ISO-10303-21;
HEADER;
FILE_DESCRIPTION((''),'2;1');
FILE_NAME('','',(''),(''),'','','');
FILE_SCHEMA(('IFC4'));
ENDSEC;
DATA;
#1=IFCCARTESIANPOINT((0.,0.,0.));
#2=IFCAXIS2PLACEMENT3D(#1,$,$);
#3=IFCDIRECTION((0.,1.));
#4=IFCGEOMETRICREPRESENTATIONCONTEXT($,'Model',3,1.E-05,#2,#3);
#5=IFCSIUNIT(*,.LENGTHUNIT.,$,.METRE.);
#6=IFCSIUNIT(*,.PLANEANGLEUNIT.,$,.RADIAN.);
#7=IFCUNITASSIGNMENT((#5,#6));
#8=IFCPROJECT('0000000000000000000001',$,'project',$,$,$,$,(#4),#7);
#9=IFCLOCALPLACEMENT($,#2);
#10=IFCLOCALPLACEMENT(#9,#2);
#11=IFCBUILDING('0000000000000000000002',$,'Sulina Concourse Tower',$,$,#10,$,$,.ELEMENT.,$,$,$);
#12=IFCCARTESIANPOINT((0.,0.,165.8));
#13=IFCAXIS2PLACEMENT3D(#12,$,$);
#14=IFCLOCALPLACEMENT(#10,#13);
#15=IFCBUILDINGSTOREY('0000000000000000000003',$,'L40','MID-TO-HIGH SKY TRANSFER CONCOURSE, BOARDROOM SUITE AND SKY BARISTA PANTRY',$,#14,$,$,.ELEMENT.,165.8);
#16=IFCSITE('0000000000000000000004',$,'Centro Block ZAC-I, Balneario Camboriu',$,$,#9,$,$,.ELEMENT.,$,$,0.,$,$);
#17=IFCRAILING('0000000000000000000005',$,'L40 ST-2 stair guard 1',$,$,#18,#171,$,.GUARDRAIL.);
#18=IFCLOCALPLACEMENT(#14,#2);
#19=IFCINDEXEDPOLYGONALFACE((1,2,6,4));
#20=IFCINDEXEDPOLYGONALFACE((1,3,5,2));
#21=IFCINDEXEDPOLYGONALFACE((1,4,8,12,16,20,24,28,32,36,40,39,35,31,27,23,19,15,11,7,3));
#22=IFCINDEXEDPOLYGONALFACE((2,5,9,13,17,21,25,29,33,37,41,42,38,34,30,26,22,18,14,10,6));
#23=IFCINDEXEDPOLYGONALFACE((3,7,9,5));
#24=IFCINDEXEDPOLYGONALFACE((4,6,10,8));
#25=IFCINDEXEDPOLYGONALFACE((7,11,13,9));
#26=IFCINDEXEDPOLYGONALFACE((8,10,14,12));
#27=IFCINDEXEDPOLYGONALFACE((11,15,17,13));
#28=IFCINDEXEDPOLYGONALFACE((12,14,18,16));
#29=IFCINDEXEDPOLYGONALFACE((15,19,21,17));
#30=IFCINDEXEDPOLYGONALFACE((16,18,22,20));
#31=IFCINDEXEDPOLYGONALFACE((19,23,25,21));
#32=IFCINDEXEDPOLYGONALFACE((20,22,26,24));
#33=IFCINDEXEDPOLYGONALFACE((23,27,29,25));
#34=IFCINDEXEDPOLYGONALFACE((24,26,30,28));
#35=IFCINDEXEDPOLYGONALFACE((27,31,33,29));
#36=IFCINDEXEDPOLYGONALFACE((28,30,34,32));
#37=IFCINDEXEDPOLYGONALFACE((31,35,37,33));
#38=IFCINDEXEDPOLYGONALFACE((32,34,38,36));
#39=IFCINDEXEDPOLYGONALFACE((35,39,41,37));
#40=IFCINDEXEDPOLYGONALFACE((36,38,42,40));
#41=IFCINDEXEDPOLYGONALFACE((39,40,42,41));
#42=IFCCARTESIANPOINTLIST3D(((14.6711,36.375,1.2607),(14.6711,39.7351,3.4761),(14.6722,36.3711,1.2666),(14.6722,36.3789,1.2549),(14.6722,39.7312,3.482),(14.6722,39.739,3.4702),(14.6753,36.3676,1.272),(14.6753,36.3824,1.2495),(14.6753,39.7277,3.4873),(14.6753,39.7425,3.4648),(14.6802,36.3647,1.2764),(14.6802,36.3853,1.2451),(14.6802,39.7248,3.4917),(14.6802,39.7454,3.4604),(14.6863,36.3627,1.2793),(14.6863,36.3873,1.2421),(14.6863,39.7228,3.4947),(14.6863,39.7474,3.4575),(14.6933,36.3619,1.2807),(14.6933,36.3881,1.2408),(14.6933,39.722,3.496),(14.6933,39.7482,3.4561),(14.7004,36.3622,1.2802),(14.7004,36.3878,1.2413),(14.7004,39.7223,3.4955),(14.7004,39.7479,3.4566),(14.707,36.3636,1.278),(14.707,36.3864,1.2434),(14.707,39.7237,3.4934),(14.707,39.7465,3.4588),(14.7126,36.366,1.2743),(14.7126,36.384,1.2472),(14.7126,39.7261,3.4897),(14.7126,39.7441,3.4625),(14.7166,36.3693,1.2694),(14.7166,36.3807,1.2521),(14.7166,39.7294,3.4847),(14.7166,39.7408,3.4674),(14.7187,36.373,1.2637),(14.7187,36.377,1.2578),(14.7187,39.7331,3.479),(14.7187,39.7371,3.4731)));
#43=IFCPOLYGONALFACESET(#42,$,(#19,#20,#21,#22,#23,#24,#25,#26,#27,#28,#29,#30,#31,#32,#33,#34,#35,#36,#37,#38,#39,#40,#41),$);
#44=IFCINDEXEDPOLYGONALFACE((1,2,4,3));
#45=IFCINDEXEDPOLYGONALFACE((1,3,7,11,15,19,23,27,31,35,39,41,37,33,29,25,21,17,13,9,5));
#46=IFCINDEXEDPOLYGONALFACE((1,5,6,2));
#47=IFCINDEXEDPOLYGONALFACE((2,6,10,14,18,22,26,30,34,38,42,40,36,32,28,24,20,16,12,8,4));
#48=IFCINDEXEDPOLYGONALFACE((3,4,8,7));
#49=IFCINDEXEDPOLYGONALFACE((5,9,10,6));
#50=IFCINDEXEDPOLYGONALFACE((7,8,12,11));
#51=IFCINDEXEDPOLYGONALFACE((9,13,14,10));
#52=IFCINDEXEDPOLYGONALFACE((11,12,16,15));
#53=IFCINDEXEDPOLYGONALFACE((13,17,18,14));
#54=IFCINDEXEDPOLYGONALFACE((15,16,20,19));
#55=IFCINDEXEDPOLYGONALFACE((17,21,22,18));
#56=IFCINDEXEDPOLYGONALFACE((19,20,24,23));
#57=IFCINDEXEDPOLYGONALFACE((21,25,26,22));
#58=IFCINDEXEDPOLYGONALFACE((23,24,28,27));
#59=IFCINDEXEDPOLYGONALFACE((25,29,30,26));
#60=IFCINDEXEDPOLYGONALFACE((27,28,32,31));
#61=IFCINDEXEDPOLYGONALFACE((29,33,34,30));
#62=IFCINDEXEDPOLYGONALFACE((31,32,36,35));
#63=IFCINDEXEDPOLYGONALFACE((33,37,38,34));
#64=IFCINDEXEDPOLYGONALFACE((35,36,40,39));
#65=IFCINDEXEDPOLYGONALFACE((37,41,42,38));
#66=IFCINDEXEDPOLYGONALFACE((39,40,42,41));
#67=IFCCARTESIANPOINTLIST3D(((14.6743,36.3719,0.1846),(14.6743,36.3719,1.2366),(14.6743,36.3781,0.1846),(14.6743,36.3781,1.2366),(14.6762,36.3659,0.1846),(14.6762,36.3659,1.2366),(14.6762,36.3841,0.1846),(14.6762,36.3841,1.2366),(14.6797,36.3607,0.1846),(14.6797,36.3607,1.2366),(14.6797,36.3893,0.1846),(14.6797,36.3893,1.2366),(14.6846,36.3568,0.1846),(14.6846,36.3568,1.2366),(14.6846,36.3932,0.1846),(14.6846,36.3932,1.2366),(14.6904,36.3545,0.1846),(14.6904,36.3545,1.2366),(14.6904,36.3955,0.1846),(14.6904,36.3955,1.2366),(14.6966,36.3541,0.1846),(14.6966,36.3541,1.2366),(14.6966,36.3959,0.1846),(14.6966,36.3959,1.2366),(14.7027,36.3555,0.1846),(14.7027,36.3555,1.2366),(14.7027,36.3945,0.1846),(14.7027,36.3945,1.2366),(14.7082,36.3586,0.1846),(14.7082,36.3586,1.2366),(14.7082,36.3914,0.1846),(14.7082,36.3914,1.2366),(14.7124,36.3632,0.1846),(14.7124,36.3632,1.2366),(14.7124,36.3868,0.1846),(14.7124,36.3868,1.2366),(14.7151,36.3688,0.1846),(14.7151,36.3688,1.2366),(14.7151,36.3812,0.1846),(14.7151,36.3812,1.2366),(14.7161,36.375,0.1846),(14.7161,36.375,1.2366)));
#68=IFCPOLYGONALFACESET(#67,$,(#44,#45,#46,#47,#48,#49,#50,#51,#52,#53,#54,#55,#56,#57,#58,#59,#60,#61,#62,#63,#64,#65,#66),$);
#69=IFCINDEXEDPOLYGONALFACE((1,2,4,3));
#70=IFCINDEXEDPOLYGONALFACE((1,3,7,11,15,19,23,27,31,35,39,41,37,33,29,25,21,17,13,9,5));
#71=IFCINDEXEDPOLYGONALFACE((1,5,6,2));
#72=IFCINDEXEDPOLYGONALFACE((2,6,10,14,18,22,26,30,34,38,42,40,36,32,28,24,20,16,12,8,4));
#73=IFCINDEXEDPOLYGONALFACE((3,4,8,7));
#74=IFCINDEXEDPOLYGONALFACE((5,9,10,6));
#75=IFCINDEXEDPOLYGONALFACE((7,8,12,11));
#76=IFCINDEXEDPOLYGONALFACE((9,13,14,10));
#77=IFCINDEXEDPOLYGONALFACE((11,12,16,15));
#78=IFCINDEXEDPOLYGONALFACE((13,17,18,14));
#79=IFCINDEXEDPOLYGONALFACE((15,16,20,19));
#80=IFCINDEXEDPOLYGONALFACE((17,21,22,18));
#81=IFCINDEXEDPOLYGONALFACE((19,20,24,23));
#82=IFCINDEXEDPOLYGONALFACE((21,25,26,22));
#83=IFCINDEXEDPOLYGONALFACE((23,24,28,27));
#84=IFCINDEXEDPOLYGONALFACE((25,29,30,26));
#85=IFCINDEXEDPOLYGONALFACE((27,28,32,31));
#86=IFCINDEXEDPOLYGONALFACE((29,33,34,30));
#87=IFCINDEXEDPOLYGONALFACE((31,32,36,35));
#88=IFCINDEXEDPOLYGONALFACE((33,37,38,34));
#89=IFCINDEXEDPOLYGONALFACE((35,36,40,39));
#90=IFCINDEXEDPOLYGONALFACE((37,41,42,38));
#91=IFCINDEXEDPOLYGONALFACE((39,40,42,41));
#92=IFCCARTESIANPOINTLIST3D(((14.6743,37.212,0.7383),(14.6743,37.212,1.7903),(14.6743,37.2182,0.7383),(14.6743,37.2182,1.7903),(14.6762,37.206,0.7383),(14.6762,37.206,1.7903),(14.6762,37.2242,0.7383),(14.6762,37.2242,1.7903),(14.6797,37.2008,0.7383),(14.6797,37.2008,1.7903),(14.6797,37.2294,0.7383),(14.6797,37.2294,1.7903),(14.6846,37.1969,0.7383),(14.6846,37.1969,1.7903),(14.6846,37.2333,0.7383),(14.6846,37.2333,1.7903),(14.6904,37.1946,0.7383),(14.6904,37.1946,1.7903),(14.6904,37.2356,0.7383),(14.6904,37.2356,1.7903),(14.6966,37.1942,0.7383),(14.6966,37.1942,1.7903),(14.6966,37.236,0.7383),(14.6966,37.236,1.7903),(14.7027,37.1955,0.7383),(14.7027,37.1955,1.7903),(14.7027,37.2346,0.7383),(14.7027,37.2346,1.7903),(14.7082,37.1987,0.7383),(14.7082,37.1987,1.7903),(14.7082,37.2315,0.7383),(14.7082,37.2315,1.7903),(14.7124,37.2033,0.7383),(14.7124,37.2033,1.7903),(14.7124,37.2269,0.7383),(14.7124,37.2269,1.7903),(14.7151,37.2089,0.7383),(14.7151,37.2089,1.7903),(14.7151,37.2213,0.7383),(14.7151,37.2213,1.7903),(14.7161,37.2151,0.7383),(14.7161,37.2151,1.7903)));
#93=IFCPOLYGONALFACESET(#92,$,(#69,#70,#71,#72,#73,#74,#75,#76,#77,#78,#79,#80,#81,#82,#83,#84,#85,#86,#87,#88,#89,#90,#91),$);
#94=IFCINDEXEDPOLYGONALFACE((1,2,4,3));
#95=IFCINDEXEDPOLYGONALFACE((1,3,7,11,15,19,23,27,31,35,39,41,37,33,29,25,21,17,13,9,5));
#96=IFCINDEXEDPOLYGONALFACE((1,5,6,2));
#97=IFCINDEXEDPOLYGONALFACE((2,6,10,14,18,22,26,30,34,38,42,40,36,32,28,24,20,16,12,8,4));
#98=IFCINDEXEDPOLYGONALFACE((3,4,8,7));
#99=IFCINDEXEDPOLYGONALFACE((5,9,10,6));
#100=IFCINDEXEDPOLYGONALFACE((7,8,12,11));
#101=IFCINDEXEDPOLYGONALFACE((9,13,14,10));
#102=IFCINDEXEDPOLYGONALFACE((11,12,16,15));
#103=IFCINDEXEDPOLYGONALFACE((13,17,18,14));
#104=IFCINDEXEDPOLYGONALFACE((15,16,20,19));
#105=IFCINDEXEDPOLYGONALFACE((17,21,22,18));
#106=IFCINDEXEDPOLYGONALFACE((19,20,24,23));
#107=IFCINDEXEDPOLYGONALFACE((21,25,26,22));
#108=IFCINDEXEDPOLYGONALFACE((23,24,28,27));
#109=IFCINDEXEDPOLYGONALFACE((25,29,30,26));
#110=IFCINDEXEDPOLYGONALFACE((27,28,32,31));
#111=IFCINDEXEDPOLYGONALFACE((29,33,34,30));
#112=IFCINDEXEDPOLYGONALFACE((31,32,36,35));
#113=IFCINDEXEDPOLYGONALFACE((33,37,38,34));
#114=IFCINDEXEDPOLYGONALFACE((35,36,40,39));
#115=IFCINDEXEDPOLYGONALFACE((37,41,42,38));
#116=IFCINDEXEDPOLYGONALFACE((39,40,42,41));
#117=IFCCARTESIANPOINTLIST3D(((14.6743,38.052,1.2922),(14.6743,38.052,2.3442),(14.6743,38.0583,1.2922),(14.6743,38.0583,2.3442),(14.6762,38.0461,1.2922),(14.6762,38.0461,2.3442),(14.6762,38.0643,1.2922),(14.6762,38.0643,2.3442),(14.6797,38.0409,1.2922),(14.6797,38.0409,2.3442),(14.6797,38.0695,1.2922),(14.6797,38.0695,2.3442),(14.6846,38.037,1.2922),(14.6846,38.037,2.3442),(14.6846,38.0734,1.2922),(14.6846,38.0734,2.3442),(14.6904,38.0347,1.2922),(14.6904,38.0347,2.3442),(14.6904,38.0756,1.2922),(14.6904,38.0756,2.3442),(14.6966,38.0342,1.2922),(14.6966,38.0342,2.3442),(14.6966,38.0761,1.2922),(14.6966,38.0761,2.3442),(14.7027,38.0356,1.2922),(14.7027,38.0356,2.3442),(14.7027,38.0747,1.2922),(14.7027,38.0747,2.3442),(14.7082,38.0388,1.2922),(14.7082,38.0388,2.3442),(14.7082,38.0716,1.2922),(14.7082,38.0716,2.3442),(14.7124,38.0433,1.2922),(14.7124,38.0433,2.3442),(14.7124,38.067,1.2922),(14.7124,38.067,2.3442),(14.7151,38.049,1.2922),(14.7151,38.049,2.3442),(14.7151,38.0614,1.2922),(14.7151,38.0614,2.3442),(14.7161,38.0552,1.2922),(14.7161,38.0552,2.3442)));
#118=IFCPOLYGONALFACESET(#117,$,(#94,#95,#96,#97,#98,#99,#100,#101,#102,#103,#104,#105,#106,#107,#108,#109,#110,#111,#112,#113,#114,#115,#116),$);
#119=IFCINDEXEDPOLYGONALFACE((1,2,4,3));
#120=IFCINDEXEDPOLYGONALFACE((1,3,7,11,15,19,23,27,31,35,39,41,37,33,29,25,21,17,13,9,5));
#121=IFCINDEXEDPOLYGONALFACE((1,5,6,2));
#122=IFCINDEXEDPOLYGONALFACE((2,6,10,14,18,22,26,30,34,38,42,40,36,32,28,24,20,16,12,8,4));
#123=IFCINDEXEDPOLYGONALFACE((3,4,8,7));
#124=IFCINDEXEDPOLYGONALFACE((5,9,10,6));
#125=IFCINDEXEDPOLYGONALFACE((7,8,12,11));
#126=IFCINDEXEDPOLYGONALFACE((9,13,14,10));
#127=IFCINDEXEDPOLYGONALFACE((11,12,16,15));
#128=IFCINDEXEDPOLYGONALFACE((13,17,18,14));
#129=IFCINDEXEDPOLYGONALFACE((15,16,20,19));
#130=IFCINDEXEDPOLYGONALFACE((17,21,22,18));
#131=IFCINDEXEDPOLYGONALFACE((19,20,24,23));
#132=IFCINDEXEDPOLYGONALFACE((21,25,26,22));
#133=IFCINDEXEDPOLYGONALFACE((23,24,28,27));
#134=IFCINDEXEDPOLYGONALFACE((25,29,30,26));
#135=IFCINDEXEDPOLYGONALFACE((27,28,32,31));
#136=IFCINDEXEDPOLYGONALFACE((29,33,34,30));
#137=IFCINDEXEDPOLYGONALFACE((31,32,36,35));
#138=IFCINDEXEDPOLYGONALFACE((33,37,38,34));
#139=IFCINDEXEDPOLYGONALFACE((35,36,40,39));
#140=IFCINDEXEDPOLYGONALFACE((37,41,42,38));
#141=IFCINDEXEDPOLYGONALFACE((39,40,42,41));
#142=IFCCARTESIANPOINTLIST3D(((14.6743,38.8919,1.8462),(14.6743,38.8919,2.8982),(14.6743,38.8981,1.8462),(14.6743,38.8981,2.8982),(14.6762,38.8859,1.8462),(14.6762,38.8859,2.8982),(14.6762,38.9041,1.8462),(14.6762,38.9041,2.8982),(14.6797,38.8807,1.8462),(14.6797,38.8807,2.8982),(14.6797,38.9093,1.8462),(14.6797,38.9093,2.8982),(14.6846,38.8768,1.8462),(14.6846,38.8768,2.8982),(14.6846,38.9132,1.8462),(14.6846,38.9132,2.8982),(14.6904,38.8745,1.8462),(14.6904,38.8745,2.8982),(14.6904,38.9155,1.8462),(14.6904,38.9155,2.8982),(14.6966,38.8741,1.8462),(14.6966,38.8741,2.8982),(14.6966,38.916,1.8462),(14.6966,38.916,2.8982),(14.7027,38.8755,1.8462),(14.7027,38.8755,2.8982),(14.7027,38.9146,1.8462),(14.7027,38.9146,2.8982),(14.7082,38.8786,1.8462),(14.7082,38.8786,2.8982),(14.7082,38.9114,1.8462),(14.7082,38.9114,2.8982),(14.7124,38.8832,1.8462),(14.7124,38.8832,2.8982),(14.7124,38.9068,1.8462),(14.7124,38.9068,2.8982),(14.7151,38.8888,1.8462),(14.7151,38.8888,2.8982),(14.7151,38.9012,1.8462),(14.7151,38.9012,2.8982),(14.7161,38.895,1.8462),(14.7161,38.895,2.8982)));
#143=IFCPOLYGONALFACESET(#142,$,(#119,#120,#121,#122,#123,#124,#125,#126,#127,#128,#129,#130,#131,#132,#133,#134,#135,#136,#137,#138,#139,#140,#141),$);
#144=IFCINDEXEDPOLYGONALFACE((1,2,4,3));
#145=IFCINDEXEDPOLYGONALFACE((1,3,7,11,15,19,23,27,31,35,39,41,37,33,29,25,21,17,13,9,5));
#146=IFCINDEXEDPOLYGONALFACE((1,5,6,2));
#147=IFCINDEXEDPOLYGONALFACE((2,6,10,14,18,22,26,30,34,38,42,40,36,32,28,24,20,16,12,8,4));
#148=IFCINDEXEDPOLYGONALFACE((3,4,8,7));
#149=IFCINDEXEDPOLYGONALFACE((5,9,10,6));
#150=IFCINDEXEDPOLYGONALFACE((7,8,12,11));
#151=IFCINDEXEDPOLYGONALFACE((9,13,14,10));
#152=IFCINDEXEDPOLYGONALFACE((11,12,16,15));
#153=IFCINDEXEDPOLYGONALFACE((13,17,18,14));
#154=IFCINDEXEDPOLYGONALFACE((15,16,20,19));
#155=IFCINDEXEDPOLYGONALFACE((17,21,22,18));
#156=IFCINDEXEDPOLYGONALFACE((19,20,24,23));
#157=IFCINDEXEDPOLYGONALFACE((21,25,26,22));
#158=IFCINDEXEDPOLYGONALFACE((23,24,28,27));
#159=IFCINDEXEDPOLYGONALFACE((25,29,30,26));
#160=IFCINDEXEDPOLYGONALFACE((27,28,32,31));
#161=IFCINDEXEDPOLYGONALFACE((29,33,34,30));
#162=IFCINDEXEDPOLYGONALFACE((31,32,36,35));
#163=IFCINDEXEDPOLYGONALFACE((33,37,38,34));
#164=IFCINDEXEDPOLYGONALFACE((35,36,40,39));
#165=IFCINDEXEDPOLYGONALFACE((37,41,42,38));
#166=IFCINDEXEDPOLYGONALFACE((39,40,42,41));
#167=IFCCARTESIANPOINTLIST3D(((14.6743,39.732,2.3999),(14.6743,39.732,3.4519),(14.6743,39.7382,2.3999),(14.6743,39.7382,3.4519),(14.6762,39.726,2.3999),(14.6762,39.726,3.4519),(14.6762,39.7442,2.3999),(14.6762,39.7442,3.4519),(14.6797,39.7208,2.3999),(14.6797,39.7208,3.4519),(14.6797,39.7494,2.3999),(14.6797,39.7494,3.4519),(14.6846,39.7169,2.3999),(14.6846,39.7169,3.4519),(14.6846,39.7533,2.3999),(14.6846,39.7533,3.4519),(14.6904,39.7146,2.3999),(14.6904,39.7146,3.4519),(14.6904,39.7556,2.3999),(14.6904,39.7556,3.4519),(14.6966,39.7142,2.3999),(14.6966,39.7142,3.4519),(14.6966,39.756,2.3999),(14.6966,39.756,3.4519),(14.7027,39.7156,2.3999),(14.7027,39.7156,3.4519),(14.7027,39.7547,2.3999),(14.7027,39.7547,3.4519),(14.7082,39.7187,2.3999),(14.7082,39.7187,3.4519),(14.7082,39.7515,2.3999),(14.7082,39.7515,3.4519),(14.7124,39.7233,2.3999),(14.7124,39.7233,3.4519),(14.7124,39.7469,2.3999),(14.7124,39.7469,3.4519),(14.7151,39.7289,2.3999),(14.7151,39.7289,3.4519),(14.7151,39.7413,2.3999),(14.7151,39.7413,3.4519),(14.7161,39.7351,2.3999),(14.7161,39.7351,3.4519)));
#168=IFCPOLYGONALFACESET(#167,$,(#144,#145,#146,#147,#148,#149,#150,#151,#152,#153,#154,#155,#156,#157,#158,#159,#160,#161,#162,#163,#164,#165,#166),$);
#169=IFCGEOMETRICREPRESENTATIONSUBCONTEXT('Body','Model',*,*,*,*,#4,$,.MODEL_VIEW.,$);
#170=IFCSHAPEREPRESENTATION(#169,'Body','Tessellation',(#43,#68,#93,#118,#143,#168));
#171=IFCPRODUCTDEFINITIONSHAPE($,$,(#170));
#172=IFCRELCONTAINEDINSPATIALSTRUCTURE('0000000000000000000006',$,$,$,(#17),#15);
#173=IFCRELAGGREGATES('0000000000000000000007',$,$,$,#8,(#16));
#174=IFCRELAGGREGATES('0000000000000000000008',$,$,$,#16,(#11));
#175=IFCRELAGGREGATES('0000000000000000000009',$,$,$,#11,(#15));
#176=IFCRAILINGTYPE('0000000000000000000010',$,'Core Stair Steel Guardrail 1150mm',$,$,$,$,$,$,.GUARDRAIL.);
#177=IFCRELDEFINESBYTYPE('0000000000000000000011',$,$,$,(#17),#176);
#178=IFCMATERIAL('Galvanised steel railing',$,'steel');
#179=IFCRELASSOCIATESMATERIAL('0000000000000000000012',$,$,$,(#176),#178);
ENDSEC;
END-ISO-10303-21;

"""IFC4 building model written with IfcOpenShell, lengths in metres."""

from ifc_helpers import new_model, si_unit, direction, frame, origin, origin_2d, place, context, subcontext, project, spatial, circle, extrude, material, type_object, element, save


model = new_model("IFC4")

# Units and contexts
model_context = context("Model", 3, precision=1e-05, world=origin(), true_north=direction((0.0, 1.0)))
body_context = subcontext(model_context, "Body", "Model", "MODEL_VIEW")
ifc_project = project(units=[si_unit("LENGTHUNIT", "METRE"), si_unit("PLANEANGLEUNIT", "RADIAN")], contexts=[model_context])

# Site, building, storey
site_placement = place(None, origin())
site = spatial("IfcSite", under=ifc_project, at=site_placement, Name="Centro Block ZAC-I, Balneario Camboriu", CompositionType="ELEMENT", RefElevation=0.0)
building_placement = place(site_placement, origin())
building = spatial("IfcBuilding", under=site, at=building_placement, Name="Sulina Concourse Tower", CompositionType="ELEMENT")
storey_placement = place(building_placement, frame((0.0, 0.0, 165.8)))
storey = spatial("IfcBuildingStorey", under=building, at=storey_placement, Name="L40", Description="MID-TO-HIGH SKY TRANSFER CONCOURSE, BOARDROOM SUITE AND SKY BARISTA PANTRY", CompositionType="ELEMENT", Elevation=165.8)

# Railing
ifc_material_1 = material(Name="Galvanised steel railing", Category="steel")
railing_type_1 = type_object("IfcRailingType", Name="Core Stair Steel Guardrail 1150mm", PredefinedType="GUARDRAIL", material=ifc_material_1)
railing_1_placement = place(storey_placement, frame((14.6951, 36.375, 0.1846)))
element("IfcRailing", 1, at=railing_1_placement, inside=storey, type_object=railing_type_1, Name="L40 ST-2 stair guard 1", PredefinedType="GUARDRAIL", context=body_context, shape_type="SweptSolid", body=[
    extrude(circle(Radius=0.0239, at=origin_2d()), frame((0.0, 0.0, 1.0762), z_axis=(0.0, 0.834876, 0.550437), x_axis=(-1.0, 0.0, 0.0)), (0.0, 0.0, 1.0), 4.0247),
    extrude(circle(Radius=0.021, at=origin_2d()), origin(), (0.0, 0.0, 1.0), 1.052),
    extrude(circle(Radius=0.021, at=origin_2d()), frame((0.0, 0.8401, 0.5537)), (0.0, 0.0, 1.0), 1.052),
    extrude(circle(Radius=0.021, at=origin_2d()), frame((0.0, 1.6802, 1.1077)), (0.0, 0.0, 1.0), 1.052),
    extrude(circle(Radius=0.021, at=origin_2d()), frame((0.0, 2.52, 1.6616)), (0.0, 0.0, 1.0), 1.052),
    extrude(circle(Radius=0.021, at=origin_2d()), frame((0.0, 3.3601, 2.2153)), (0.0, 0.0, 1.0), 1.052),
])

save(model, "model.ifc")
